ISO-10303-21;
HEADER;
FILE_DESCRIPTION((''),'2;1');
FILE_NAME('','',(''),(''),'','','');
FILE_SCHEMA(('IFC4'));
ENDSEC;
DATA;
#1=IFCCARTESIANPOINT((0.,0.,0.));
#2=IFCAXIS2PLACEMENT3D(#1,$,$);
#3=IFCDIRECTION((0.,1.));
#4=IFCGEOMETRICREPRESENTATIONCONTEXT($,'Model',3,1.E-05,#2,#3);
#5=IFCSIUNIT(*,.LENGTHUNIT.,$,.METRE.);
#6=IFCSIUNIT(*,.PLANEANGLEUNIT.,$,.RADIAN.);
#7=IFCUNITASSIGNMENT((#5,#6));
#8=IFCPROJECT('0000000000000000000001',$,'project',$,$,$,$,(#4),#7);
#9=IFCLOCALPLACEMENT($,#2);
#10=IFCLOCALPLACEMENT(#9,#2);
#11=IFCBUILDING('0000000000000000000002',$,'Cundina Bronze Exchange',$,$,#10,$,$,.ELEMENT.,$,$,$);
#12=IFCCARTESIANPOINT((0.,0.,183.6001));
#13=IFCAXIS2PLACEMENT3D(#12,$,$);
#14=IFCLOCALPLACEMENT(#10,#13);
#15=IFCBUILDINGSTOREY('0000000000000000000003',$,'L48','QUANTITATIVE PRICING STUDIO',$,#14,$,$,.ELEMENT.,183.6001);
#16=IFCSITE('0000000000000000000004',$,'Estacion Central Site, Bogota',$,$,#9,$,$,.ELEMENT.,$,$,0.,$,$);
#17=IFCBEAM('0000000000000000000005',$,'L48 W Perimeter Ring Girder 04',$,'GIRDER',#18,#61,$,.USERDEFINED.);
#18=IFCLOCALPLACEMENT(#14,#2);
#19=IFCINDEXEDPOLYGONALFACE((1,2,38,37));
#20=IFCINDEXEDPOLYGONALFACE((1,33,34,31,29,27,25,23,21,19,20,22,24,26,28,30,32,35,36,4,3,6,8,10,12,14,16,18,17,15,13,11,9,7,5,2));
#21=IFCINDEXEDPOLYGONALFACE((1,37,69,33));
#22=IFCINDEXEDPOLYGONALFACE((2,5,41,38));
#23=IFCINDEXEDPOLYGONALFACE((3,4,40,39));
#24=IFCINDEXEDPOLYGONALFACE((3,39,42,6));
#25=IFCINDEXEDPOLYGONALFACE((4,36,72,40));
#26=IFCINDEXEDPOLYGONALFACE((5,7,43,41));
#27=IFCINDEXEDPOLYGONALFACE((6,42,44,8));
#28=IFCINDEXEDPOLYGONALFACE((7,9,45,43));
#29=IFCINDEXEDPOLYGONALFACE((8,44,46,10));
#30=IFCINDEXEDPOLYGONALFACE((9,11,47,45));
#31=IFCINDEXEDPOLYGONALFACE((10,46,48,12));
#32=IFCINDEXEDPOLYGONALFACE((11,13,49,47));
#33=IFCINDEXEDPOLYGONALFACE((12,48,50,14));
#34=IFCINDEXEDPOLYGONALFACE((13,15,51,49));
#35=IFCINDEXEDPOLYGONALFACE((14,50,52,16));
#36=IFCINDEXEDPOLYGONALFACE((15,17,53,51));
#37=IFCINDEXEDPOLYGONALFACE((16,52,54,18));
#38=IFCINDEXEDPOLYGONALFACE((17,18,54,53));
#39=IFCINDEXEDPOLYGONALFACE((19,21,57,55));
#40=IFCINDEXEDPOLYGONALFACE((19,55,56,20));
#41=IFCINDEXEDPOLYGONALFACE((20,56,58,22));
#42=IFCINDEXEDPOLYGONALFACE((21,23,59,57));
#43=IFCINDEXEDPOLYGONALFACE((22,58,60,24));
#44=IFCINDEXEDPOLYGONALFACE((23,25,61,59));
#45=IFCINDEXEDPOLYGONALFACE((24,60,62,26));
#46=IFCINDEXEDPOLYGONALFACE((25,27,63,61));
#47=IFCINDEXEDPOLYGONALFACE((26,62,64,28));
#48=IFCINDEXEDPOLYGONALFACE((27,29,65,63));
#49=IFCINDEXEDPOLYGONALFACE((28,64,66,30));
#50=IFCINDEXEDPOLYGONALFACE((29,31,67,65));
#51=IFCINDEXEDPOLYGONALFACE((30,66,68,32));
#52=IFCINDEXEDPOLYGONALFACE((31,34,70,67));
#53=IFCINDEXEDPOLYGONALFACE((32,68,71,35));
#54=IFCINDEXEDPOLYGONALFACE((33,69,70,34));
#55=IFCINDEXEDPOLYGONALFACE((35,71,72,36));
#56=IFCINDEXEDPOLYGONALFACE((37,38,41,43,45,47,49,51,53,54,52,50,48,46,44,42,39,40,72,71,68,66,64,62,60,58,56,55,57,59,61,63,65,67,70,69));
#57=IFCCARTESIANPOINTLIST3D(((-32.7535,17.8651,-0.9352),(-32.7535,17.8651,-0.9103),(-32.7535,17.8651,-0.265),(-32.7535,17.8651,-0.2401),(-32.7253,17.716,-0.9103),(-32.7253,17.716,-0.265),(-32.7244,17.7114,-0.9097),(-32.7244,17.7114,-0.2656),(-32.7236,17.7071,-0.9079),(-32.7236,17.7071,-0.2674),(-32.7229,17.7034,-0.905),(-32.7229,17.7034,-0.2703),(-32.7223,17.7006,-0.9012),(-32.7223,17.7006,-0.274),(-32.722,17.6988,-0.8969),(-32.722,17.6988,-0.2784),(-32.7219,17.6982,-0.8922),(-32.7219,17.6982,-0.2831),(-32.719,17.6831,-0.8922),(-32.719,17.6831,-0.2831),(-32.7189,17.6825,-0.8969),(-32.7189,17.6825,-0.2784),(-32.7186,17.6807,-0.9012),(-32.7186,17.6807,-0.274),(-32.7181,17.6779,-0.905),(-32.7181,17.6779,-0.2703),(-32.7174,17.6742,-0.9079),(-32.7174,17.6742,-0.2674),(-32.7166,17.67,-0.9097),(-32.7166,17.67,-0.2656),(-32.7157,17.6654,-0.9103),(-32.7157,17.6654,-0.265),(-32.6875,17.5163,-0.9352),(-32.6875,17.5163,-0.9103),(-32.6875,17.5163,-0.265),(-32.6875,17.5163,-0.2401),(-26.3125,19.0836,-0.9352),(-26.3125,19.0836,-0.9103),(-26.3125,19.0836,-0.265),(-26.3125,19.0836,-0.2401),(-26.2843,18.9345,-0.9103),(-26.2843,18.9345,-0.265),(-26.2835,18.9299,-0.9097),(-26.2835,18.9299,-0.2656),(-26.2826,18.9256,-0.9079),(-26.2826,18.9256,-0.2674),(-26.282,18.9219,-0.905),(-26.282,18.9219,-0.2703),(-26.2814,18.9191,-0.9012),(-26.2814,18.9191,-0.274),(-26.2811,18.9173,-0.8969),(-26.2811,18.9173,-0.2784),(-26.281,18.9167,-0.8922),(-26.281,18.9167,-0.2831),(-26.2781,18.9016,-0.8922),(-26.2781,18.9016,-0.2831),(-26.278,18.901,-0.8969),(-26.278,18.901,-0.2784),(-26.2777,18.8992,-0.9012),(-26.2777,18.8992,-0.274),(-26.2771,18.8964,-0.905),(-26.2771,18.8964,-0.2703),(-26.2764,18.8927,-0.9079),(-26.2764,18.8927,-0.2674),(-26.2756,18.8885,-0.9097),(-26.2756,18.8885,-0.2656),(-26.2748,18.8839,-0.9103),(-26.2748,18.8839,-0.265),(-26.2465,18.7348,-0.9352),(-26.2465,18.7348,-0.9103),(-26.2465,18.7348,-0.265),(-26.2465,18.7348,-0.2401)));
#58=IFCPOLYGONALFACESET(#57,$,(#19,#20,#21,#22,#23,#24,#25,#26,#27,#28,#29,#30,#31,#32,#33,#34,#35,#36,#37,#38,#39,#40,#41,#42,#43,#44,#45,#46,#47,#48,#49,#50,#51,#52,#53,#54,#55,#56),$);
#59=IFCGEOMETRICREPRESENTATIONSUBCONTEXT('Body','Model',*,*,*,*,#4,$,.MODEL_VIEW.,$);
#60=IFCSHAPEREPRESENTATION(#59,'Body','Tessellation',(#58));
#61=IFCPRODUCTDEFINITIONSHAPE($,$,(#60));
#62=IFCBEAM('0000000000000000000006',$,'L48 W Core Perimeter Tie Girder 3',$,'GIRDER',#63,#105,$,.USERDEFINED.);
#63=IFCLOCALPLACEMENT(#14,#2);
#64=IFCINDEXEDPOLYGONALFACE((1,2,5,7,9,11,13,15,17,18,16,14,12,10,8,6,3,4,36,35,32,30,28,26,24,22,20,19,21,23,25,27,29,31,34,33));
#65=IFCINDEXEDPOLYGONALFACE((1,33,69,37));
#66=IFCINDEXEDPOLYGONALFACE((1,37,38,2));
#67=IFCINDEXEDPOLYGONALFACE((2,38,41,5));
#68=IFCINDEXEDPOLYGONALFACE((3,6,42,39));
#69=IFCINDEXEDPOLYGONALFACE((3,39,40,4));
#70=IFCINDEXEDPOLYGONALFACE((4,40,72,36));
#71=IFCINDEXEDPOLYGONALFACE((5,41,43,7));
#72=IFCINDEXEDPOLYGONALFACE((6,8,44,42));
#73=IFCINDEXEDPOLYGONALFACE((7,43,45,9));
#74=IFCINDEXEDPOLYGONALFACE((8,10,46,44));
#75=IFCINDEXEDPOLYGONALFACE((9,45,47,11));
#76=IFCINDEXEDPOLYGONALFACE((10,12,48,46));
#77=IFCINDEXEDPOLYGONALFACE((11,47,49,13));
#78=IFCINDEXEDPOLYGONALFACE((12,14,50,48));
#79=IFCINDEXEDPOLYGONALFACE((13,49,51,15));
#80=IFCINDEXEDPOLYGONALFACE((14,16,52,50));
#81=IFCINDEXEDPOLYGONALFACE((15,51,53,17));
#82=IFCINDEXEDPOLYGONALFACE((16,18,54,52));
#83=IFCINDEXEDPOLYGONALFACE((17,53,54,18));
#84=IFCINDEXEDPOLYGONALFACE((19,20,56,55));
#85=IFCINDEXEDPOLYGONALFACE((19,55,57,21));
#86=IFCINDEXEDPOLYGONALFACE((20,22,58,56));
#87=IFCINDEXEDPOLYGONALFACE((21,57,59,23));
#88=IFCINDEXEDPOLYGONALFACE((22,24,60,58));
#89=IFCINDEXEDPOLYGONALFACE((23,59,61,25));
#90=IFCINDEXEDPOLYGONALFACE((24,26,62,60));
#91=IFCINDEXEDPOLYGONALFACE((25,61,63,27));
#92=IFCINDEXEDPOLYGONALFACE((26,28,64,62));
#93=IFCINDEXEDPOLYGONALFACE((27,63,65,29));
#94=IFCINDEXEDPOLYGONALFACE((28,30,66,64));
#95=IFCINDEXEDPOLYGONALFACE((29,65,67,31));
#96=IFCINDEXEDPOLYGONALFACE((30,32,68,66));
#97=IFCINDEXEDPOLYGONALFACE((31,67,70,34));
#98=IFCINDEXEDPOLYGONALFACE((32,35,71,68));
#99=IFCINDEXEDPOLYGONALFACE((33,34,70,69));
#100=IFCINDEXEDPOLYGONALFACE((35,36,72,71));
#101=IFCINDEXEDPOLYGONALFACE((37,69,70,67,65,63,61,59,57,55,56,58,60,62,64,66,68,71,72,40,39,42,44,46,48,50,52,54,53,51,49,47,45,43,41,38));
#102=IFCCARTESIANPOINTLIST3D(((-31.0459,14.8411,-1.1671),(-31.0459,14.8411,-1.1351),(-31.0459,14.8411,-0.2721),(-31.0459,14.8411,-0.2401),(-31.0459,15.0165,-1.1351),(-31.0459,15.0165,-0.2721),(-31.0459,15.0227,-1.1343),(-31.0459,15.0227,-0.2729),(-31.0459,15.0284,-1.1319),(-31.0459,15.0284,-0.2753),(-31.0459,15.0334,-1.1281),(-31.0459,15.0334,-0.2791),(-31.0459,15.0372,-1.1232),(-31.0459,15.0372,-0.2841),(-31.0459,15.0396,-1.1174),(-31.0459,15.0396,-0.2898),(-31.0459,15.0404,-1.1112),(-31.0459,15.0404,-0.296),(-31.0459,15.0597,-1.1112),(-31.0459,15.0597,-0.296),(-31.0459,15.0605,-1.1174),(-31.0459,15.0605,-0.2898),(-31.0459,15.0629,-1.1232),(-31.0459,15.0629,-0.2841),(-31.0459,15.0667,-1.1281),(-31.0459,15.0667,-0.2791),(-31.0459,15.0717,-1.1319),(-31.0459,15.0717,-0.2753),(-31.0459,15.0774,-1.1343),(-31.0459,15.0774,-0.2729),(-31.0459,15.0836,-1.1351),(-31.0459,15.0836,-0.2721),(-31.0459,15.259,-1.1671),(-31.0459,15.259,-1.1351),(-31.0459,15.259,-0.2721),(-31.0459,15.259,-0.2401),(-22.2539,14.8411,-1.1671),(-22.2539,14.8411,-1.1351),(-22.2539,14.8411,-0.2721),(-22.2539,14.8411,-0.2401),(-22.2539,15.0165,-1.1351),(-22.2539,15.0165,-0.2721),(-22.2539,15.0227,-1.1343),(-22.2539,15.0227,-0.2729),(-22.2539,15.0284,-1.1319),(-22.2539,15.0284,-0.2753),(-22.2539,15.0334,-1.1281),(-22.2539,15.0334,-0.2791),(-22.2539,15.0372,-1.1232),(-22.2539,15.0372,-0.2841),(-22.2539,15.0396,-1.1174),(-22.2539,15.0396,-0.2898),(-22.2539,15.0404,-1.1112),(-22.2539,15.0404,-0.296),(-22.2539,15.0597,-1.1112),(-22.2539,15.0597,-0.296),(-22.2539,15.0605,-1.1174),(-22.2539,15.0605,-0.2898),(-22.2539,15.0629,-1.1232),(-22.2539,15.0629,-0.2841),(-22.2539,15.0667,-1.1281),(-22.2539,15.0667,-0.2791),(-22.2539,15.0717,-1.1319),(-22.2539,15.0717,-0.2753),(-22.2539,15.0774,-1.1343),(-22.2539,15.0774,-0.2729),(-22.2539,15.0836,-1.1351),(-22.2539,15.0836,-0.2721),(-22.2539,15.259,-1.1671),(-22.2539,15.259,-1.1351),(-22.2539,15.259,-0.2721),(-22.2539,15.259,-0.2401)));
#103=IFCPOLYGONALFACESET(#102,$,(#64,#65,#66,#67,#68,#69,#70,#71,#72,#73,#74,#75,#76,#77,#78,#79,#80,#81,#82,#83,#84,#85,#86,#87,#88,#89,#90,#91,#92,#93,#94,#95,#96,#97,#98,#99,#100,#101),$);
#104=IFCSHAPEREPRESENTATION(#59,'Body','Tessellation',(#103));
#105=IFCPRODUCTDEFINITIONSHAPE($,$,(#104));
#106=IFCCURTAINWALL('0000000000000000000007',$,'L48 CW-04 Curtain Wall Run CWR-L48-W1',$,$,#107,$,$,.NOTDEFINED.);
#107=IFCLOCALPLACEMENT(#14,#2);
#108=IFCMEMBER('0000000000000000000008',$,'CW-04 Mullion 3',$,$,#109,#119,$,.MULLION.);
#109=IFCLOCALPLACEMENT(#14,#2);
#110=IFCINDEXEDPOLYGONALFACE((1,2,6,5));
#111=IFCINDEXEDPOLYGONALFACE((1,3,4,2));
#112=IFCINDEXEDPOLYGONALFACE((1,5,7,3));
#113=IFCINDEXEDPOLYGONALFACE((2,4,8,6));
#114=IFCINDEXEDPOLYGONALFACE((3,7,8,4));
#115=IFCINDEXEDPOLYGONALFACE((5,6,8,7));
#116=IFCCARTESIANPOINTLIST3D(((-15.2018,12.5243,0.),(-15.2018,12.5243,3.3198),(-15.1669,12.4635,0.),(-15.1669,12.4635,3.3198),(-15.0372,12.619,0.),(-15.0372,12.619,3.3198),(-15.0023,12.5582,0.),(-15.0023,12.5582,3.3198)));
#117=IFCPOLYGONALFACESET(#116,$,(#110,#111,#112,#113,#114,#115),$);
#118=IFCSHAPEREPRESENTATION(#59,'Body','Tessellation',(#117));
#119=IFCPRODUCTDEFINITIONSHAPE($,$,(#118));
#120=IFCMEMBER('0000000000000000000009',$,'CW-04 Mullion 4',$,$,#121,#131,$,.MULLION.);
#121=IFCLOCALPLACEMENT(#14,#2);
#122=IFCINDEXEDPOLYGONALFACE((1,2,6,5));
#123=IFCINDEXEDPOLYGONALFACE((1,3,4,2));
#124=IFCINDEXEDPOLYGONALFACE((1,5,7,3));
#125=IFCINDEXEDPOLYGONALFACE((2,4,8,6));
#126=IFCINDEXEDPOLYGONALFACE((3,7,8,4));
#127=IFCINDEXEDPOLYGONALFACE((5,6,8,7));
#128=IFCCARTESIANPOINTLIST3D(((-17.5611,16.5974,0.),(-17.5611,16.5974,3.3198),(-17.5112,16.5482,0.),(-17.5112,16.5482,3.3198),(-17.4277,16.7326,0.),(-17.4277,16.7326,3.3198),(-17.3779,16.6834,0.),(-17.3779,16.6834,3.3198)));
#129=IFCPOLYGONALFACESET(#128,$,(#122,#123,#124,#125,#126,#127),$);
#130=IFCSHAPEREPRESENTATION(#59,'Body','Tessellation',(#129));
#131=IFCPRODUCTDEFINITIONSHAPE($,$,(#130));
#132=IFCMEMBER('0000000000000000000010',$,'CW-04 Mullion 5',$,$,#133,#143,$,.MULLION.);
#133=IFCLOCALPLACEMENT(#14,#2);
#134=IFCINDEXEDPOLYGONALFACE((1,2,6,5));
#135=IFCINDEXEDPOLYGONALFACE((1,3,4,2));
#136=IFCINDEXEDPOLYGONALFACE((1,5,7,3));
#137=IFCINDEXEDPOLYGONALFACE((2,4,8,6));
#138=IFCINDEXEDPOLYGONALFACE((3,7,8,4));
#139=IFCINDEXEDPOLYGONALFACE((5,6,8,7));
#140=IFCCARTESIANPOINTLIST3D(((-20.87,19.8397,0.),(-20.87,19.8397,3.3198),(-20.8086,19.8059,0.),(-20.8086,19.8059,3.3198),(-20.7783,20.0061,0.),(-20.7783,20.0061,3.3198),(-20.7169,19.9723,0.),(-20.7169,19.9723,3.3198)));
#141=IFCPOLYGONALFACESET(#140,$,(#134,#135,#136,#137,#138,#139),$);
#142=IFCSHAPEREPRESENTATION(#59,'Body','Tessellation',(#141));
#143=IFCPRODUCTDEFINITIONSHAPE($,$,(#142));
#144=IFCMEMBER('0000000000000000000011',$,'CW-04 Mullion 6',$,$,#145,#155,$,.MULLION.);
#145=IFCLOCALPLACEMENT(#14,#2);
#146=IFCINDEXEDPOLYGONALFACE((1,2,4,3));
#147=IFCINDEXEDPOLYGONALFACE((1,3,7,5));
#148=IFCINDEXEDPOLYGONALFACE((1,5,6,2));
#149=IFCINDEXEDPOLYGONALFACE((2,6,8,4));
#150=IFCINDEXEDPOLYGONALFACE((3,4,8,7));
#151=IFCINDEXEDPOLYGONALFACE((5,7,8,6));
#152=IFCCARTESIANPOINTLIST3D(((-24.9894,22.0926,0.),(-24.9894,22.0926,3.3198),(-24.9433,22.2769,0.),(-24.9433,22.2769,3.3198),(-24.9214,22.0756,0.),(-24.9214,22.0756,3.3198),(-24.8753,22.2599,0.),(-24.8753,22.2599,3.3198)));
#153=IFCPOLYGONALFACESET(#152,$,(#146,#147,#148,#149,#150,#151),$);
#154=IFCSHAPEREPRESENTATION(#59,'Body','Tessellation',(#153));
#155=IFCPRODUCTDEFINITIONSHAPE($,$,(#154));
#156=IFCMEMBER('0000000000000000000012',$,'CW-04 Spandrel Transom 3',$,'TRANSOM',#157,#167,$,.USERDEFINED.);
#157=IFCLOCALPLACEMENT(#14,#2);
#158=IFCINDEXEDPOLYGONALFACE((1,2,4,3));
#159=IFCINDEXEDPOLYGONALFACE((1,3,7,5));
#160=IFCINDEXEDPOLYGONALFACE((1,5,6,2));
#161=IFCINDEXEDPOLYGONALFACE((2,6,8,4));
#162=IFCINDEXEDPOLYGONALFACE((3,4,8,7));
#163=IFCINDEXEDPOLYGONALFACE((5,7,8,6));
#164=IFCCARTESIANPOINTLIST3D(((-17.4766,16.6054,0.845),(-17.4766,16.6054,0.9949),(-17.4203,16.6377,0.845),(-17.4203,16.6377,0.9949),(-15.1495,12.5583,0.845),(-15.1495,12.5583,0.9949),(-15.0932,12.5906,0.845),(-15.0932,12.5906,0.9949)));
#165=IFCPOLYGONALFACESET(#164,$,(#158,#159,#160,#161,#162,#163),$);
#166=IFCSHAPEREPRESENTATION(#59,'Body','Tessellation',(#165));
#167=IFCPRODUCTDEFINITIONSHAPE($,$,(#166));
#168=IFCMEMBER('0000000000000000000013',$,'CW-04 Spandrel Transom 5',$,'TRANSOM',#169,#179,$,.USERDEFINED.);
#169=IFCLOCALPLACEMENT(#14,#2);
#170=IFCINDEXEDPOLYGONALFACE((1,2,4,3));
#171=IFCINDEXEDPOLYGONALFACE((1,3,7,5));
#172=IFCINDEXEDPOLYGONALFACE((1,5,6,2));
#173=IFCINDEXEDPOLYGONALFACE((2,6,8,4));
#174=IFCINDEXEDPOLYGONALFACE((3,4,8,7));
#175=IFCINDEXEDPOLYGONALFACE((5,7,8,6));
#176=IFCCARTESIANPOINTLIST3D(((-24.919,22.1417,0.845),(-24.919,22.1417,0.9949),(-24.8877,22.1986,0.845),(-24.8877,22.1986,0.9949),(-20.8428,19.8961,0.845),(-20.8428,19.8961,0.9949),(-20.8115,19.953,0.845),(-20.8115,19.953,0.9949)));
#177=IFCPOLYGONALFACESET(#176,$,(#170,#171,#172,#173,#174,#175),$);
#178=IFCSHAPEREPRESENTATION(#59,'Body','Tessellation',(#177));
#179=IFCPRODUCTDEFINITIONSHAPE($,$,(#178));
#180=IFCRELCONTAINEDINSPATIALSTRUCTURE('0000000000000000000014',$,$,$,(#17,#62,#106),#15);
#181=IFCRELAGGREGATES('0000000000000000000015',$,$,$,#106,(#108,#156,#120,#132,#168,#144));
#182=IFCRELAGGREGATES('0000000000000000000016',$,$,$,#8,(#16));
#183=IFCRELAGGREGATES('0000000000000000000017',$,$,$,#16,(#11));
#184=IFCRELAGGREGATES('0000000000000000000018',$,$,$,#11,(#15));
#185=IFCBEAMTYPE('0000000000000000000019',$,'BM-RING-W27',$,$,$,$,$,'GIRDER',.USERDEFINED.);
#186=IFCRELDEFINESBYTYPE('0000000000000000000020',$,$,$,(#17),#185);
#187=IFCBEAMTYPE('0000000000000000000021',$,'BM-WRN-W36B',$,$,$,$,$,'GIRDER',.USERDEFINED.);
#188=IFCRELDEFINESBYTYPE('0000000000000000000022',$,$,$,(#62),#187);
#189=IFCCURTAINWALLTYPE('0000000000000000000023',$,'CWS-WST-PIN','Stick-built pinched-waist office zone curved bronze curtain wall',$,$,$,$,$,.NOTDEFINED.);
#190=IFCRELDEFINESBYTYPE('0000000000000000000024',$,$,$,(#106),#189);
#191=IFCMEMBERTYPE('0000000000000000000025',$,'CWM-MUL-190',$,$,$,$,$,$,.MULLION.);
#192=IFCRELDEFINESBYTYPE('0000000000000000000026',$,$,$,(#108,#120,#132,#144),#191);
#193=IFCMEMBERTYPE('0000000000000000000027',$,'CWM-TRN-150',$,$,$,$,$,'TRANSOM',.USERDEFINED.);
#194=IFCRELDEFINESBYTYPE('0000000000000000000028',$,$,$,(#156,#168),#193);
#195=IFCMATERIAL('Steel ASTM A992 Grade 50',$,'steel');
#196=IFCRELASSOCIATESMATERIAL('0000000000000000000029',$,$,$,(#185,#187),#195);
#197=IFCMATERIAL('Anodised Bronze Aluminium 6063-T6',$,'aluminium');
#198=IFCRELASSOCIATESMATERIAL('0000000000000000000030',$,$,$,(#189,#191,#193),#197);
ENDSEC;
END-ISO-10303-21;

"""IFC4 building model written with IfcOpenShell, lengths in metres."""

from ifc_helpers import new_model, si_unit, direction, frame, origin, origin_2d, place, context, subcontext, project, spatial, rectangle, i_section, extrude, material, material_profile, profile_set, type_object, element, aggregate, save


model = new_model("IFC4")

# Units and contexts
model_context = context("Model", 3, precision=1e-05, world=origin(), true_north=direction((0.0, 1.0)))
body_context = subcontext(model_context, "Body", "Model", "MODEL_VIEW")
ifc_project = project(units=[si_unit("LENGTHUNIT", "METRE"), si_unit("PLANEANGLEUNIT", "RADIAN")], contexts=[model_context])

# Site, building, storey
site_placement = place(None, origin())
site = spatial("IfcSite", under=ifc_project, at=site_placement, Name="Estacion Central Site, Bogota", CompositionType="ELEMENT", RefElevation=0.0)
building_placement = place(site_placement, origin())
building = spatial("IfcBuilding", under=site, at=building_placement, Name="Cundina Bronze Exchange", CompositionType="ELEMENT")
storey_placement = place(building_placement, frame((0.0, 0.0, 183.6001)))
storey = spatial("IfcBuildingStorey", under=building, at=storey_placement, Name="L48", Description="QUANTITATIVE PRICING STUDIO", CompositionType="ELEMENT", Elevation=183.6001)

# Shared definitions
ifc_material_1 = material(Name="Steel ASTM A992 Grade 50", Category="steel")

# Beams
ifc_material_profile_1 = material_profile(ifc_material_1, i_section(OverallWidth=0.355, OverallDepth=0.6951, WebThickness=0.0154, FlangeThickness=0.0249, FilletRadius=0.0181, at=origin_2d()), Name="W27X146", Category="steel")
ifc_profile_set_1 = profile_set([ifc_material_profile_1], Name="Steel ASTM A992 Grade 50")
beam_type_1 = type_object("IfcBeamType", Name="BM-RING-W27", ElementType="GIRDER", PredefinedType="USERDEFINED", material=ifc_profile_set_1)
beam_1_placement = place(storey_placement, frame((-26.2795, 18.9092, -0.5876), z_axis=(-0.982572, -0.185885, 0.0), x_axis=(0.185885, -0.982572, 0.0)))
element("IfcBeam", 1, at=beam_1_placement, inside=storey, type_object=beam_type_1, Name="L48 W Perimeter Ring Girder 04", ObjectType="GIRDER", PredefinedType="USERDEFINED", context=body_context, shape_type="SweptSolid", body=[
    extrude(i_section(OverallWidth=0.355, OverallDepth=0.6951, WebThickness=0.0154, FlangeThickness=0.0249, FilletRadius=0.0181, at=origin_2d()), origin(), (0.0, 0.0, 1.0), 6.5552),
])
ifc_material_profile_2 = material_profile(ifc_material_1, i_section(OverallWidth=0.418, OverallDepth=0.927, WebThickness=0.0193, FlangeThickness=0.032, FilletRadius=0.0239, at=origin_2d()), Name="W36X231", Category="steel")
ifc_profile_set_2 = profile_set([ifc_material_profile_2], Name="Steel ASTM A992 Grade 50")
beam_type_2 = type_object("IfcBeamType", Name="BM-WRN-W36B", ElementType="GIRDER", PredefinedType="USERDEFINED", material=ifc_profile_set_2)
beam_2_placement = place(storey_placement, frame((-22.2539, 15.05, -0.7036), z_axis=(-1.0, 0.0, 0.0), x_axis=(0.0, -1.0, 0.0)))
element("IfcBeam", 2, at=beam_2_placement, inside=storey, type_object=beam_type_2, Name="L48 W Core Perimeter Tie Girder 3", ObjectType="GIRDER", PredefinedType="USERDEFINED", context=body_context, shape_type="SweptSolid", body=[
    extrude(i_section(OverallWidth=0.418, OverallDepth=0.927, WebThickness=0.0193, FlangeThickness=0.032, FilletRadius=0.0239, at=origin_2d()), origin(), (0.0, 0.0, 1.0), 8.792),
])

# Curtain wall, members
ifc_material_2 = material(Name="Anodised Bronze Aluminium 6063-T6", Category="aluminium")
curtain_wall_type = type_object("IfcCurtainWallType", Name="CWS-WST-PIN", Description="Stick-built pinched-waist office zone curved bronze curtain wall", PredefinedType="NOTDEFINED", material=ifc_material_2)
curtain_wall_placement = place(storey_placement, origin())
curtain_wall = element("IfcCurtainWall", 3, at=curtain_wall_placement, inside=storey, type_object=curtain_wall_type, Name="L48 CW-04 Curtain Wall Run CWR-L48-W1", PredefinedType="NOTDEFINED")
ifc_material_profile_3 = material_profile(ifc_material_2, rectangle(XDim=0.0701, YDim=0.1899, at=origin_2d()), Name="AL70X190", Category="aluminium")
ifc_profile_set_3 = profile_set([ifc_material_profile_3], Name="Anodised Bronze Aluminium 6063-T6")
member_type_1 = type_object("IfcMemberType", Name="CWM-MUL-190", PredefinedType="MULLION", material=ifc_profile_set_3)
member_1_placement = place(storey_placement, frame((-15.1021, 12.5413, 0.0), z_axis=(0.0, 0.0, 1.0), x_axis=(-0.498488, 0.866897, 0.0)))
member_1 = element("IfcMember", 4, at=member_1_placement, type_object=member_type_1, Name="CW-04 Mullion 3", PredefinedType="MULLION", context=body_context, shape_type="SweptSolid", body=[
    extrude(rectangle(XDim=0.0701, YDim=0.1899, at=origin_2d()), origin(), (0.0, 0.0, 1.0), 3.3198),
])
member_2_placement = place(storey_placement, frame((-17.4695, 16.6404, 0.0), z_axis=(0.0, 0.0, 1.0), x_axis=(-0.712026, 0.702153, 0.0)))
member_2 = element("IfcMember", 5, at=member_2_placement, type_object=member_type_1, Name="CW-04 Mullion 4", PredefinedType="MULLION", context=body_context, shape_type="SweptSolid", body=[
    extrude(rectangle(XDim=0.0701, YDim=0.1899, at=origin_2d()), origin(), (0.0, 0.0, 1.0), 3.3198),
])
member_3_placement = place(storey_placement, frame((-20.7935, 19.906, 0.0), z_axis=(0.0, 0.0, 1.0), x_axis=(-0.875886, 0.482518, 0.0)))
member_3 = element("IfcMember", 6, at=member_3_placement, type_object=member_type_1, Name="CW-04 Mullion 5", PredefinedType="MULLION", context=body_context, shape_type="SweptSolid", body=[
    extrude(rectangle(XDim=0.0701, YDim=0.1899, at=origin_2d()), origin(), (0.0, 0.0, 1.0), 3.3198),
])
member_4_placement = place(storey_placement, frame((-24.9324, 22.1763, 0.0), z_axis=(0.0, 0.0, 1.0), x_axis=(-0.970084, 0.242769, 0.0)))
member_4 = element("IfcMember", 7, at=member_4_placement, type_object=member_type_1, Name="CW-04 Mullion 6", PredefinedType="MULLION", context=body_context, shape_type="SweptSolid", body=[
    extrude(rectangle(XDim=0.0701, YDim=0.1899, at=origin_2d()), origin(), (0.0, 0.0, 1.0), 3.3198),
])
ifc_material_profile_4 = material_profile(ifc_material_2, rectangle(XDim=0.0649, YDim=0.1499, at=origin_2d()), Name="AL65X150", Category="aluminium")
ifc_profile_set_4 = profile_set([ifc_material_profile_4], Name="Anodised Bronze Aluminium 6063-T6")
member_type_2 = type_object("IfcMemberType", Name="CWM-TRN-150", ElementType="TRANSOM", PredefinedType="USERDEFINED", material=ifc_profile_set_4)
member_5_placement = place(storey_placement, frame((-15.1213, 12.5745, 0.9199), z_axis=(-0.49848, 0.866901, 0.0), x_axis=(-0.866901, -0.49848, 0.0)))
member_5 = element("IfcMember", 8, at=member_5_placement, type_object=member_type_2, Name="CW-04 Spandrel Transom 3", ObjectType="TRANSOM", PredefinedType="USERDEFINED", context=body_context, shape_type="SweptSolid", body=[
    extrude(rectangle(XDim=0.0649, YDim=0.1499, at=origin_2d()), origin(), (0.0, 0.0, 1.0), 4.6685),
])
member_6_placement = place(storey_placement, frame((-20.8271, 19.9246, 0.9199), z_axis=(-0.875879, 0.482531, 0.0), x_axis=(-0.482531, -0.875879, 0.0)))
member_6 = element("IfcMember", 9, at=member_6_placement, type_object=member_type_2, Name="CW-04 Spandrel Transom 5", ObjectType="TRANSOM", PredefinedType="USERDEFINED", context=body_context, shape_type="SweptSolid", body=[
    extrude(rectangle(XDim=0.0649, YDim=0.1499, at=origin_2d()), origin(), (0.0, 0.0, 1.0), 4.6538),
])
aggregate(curtain_wall, [member_1, member_5, member_2, member_3, member_6, member_4])

save(model, "model.ifc")
